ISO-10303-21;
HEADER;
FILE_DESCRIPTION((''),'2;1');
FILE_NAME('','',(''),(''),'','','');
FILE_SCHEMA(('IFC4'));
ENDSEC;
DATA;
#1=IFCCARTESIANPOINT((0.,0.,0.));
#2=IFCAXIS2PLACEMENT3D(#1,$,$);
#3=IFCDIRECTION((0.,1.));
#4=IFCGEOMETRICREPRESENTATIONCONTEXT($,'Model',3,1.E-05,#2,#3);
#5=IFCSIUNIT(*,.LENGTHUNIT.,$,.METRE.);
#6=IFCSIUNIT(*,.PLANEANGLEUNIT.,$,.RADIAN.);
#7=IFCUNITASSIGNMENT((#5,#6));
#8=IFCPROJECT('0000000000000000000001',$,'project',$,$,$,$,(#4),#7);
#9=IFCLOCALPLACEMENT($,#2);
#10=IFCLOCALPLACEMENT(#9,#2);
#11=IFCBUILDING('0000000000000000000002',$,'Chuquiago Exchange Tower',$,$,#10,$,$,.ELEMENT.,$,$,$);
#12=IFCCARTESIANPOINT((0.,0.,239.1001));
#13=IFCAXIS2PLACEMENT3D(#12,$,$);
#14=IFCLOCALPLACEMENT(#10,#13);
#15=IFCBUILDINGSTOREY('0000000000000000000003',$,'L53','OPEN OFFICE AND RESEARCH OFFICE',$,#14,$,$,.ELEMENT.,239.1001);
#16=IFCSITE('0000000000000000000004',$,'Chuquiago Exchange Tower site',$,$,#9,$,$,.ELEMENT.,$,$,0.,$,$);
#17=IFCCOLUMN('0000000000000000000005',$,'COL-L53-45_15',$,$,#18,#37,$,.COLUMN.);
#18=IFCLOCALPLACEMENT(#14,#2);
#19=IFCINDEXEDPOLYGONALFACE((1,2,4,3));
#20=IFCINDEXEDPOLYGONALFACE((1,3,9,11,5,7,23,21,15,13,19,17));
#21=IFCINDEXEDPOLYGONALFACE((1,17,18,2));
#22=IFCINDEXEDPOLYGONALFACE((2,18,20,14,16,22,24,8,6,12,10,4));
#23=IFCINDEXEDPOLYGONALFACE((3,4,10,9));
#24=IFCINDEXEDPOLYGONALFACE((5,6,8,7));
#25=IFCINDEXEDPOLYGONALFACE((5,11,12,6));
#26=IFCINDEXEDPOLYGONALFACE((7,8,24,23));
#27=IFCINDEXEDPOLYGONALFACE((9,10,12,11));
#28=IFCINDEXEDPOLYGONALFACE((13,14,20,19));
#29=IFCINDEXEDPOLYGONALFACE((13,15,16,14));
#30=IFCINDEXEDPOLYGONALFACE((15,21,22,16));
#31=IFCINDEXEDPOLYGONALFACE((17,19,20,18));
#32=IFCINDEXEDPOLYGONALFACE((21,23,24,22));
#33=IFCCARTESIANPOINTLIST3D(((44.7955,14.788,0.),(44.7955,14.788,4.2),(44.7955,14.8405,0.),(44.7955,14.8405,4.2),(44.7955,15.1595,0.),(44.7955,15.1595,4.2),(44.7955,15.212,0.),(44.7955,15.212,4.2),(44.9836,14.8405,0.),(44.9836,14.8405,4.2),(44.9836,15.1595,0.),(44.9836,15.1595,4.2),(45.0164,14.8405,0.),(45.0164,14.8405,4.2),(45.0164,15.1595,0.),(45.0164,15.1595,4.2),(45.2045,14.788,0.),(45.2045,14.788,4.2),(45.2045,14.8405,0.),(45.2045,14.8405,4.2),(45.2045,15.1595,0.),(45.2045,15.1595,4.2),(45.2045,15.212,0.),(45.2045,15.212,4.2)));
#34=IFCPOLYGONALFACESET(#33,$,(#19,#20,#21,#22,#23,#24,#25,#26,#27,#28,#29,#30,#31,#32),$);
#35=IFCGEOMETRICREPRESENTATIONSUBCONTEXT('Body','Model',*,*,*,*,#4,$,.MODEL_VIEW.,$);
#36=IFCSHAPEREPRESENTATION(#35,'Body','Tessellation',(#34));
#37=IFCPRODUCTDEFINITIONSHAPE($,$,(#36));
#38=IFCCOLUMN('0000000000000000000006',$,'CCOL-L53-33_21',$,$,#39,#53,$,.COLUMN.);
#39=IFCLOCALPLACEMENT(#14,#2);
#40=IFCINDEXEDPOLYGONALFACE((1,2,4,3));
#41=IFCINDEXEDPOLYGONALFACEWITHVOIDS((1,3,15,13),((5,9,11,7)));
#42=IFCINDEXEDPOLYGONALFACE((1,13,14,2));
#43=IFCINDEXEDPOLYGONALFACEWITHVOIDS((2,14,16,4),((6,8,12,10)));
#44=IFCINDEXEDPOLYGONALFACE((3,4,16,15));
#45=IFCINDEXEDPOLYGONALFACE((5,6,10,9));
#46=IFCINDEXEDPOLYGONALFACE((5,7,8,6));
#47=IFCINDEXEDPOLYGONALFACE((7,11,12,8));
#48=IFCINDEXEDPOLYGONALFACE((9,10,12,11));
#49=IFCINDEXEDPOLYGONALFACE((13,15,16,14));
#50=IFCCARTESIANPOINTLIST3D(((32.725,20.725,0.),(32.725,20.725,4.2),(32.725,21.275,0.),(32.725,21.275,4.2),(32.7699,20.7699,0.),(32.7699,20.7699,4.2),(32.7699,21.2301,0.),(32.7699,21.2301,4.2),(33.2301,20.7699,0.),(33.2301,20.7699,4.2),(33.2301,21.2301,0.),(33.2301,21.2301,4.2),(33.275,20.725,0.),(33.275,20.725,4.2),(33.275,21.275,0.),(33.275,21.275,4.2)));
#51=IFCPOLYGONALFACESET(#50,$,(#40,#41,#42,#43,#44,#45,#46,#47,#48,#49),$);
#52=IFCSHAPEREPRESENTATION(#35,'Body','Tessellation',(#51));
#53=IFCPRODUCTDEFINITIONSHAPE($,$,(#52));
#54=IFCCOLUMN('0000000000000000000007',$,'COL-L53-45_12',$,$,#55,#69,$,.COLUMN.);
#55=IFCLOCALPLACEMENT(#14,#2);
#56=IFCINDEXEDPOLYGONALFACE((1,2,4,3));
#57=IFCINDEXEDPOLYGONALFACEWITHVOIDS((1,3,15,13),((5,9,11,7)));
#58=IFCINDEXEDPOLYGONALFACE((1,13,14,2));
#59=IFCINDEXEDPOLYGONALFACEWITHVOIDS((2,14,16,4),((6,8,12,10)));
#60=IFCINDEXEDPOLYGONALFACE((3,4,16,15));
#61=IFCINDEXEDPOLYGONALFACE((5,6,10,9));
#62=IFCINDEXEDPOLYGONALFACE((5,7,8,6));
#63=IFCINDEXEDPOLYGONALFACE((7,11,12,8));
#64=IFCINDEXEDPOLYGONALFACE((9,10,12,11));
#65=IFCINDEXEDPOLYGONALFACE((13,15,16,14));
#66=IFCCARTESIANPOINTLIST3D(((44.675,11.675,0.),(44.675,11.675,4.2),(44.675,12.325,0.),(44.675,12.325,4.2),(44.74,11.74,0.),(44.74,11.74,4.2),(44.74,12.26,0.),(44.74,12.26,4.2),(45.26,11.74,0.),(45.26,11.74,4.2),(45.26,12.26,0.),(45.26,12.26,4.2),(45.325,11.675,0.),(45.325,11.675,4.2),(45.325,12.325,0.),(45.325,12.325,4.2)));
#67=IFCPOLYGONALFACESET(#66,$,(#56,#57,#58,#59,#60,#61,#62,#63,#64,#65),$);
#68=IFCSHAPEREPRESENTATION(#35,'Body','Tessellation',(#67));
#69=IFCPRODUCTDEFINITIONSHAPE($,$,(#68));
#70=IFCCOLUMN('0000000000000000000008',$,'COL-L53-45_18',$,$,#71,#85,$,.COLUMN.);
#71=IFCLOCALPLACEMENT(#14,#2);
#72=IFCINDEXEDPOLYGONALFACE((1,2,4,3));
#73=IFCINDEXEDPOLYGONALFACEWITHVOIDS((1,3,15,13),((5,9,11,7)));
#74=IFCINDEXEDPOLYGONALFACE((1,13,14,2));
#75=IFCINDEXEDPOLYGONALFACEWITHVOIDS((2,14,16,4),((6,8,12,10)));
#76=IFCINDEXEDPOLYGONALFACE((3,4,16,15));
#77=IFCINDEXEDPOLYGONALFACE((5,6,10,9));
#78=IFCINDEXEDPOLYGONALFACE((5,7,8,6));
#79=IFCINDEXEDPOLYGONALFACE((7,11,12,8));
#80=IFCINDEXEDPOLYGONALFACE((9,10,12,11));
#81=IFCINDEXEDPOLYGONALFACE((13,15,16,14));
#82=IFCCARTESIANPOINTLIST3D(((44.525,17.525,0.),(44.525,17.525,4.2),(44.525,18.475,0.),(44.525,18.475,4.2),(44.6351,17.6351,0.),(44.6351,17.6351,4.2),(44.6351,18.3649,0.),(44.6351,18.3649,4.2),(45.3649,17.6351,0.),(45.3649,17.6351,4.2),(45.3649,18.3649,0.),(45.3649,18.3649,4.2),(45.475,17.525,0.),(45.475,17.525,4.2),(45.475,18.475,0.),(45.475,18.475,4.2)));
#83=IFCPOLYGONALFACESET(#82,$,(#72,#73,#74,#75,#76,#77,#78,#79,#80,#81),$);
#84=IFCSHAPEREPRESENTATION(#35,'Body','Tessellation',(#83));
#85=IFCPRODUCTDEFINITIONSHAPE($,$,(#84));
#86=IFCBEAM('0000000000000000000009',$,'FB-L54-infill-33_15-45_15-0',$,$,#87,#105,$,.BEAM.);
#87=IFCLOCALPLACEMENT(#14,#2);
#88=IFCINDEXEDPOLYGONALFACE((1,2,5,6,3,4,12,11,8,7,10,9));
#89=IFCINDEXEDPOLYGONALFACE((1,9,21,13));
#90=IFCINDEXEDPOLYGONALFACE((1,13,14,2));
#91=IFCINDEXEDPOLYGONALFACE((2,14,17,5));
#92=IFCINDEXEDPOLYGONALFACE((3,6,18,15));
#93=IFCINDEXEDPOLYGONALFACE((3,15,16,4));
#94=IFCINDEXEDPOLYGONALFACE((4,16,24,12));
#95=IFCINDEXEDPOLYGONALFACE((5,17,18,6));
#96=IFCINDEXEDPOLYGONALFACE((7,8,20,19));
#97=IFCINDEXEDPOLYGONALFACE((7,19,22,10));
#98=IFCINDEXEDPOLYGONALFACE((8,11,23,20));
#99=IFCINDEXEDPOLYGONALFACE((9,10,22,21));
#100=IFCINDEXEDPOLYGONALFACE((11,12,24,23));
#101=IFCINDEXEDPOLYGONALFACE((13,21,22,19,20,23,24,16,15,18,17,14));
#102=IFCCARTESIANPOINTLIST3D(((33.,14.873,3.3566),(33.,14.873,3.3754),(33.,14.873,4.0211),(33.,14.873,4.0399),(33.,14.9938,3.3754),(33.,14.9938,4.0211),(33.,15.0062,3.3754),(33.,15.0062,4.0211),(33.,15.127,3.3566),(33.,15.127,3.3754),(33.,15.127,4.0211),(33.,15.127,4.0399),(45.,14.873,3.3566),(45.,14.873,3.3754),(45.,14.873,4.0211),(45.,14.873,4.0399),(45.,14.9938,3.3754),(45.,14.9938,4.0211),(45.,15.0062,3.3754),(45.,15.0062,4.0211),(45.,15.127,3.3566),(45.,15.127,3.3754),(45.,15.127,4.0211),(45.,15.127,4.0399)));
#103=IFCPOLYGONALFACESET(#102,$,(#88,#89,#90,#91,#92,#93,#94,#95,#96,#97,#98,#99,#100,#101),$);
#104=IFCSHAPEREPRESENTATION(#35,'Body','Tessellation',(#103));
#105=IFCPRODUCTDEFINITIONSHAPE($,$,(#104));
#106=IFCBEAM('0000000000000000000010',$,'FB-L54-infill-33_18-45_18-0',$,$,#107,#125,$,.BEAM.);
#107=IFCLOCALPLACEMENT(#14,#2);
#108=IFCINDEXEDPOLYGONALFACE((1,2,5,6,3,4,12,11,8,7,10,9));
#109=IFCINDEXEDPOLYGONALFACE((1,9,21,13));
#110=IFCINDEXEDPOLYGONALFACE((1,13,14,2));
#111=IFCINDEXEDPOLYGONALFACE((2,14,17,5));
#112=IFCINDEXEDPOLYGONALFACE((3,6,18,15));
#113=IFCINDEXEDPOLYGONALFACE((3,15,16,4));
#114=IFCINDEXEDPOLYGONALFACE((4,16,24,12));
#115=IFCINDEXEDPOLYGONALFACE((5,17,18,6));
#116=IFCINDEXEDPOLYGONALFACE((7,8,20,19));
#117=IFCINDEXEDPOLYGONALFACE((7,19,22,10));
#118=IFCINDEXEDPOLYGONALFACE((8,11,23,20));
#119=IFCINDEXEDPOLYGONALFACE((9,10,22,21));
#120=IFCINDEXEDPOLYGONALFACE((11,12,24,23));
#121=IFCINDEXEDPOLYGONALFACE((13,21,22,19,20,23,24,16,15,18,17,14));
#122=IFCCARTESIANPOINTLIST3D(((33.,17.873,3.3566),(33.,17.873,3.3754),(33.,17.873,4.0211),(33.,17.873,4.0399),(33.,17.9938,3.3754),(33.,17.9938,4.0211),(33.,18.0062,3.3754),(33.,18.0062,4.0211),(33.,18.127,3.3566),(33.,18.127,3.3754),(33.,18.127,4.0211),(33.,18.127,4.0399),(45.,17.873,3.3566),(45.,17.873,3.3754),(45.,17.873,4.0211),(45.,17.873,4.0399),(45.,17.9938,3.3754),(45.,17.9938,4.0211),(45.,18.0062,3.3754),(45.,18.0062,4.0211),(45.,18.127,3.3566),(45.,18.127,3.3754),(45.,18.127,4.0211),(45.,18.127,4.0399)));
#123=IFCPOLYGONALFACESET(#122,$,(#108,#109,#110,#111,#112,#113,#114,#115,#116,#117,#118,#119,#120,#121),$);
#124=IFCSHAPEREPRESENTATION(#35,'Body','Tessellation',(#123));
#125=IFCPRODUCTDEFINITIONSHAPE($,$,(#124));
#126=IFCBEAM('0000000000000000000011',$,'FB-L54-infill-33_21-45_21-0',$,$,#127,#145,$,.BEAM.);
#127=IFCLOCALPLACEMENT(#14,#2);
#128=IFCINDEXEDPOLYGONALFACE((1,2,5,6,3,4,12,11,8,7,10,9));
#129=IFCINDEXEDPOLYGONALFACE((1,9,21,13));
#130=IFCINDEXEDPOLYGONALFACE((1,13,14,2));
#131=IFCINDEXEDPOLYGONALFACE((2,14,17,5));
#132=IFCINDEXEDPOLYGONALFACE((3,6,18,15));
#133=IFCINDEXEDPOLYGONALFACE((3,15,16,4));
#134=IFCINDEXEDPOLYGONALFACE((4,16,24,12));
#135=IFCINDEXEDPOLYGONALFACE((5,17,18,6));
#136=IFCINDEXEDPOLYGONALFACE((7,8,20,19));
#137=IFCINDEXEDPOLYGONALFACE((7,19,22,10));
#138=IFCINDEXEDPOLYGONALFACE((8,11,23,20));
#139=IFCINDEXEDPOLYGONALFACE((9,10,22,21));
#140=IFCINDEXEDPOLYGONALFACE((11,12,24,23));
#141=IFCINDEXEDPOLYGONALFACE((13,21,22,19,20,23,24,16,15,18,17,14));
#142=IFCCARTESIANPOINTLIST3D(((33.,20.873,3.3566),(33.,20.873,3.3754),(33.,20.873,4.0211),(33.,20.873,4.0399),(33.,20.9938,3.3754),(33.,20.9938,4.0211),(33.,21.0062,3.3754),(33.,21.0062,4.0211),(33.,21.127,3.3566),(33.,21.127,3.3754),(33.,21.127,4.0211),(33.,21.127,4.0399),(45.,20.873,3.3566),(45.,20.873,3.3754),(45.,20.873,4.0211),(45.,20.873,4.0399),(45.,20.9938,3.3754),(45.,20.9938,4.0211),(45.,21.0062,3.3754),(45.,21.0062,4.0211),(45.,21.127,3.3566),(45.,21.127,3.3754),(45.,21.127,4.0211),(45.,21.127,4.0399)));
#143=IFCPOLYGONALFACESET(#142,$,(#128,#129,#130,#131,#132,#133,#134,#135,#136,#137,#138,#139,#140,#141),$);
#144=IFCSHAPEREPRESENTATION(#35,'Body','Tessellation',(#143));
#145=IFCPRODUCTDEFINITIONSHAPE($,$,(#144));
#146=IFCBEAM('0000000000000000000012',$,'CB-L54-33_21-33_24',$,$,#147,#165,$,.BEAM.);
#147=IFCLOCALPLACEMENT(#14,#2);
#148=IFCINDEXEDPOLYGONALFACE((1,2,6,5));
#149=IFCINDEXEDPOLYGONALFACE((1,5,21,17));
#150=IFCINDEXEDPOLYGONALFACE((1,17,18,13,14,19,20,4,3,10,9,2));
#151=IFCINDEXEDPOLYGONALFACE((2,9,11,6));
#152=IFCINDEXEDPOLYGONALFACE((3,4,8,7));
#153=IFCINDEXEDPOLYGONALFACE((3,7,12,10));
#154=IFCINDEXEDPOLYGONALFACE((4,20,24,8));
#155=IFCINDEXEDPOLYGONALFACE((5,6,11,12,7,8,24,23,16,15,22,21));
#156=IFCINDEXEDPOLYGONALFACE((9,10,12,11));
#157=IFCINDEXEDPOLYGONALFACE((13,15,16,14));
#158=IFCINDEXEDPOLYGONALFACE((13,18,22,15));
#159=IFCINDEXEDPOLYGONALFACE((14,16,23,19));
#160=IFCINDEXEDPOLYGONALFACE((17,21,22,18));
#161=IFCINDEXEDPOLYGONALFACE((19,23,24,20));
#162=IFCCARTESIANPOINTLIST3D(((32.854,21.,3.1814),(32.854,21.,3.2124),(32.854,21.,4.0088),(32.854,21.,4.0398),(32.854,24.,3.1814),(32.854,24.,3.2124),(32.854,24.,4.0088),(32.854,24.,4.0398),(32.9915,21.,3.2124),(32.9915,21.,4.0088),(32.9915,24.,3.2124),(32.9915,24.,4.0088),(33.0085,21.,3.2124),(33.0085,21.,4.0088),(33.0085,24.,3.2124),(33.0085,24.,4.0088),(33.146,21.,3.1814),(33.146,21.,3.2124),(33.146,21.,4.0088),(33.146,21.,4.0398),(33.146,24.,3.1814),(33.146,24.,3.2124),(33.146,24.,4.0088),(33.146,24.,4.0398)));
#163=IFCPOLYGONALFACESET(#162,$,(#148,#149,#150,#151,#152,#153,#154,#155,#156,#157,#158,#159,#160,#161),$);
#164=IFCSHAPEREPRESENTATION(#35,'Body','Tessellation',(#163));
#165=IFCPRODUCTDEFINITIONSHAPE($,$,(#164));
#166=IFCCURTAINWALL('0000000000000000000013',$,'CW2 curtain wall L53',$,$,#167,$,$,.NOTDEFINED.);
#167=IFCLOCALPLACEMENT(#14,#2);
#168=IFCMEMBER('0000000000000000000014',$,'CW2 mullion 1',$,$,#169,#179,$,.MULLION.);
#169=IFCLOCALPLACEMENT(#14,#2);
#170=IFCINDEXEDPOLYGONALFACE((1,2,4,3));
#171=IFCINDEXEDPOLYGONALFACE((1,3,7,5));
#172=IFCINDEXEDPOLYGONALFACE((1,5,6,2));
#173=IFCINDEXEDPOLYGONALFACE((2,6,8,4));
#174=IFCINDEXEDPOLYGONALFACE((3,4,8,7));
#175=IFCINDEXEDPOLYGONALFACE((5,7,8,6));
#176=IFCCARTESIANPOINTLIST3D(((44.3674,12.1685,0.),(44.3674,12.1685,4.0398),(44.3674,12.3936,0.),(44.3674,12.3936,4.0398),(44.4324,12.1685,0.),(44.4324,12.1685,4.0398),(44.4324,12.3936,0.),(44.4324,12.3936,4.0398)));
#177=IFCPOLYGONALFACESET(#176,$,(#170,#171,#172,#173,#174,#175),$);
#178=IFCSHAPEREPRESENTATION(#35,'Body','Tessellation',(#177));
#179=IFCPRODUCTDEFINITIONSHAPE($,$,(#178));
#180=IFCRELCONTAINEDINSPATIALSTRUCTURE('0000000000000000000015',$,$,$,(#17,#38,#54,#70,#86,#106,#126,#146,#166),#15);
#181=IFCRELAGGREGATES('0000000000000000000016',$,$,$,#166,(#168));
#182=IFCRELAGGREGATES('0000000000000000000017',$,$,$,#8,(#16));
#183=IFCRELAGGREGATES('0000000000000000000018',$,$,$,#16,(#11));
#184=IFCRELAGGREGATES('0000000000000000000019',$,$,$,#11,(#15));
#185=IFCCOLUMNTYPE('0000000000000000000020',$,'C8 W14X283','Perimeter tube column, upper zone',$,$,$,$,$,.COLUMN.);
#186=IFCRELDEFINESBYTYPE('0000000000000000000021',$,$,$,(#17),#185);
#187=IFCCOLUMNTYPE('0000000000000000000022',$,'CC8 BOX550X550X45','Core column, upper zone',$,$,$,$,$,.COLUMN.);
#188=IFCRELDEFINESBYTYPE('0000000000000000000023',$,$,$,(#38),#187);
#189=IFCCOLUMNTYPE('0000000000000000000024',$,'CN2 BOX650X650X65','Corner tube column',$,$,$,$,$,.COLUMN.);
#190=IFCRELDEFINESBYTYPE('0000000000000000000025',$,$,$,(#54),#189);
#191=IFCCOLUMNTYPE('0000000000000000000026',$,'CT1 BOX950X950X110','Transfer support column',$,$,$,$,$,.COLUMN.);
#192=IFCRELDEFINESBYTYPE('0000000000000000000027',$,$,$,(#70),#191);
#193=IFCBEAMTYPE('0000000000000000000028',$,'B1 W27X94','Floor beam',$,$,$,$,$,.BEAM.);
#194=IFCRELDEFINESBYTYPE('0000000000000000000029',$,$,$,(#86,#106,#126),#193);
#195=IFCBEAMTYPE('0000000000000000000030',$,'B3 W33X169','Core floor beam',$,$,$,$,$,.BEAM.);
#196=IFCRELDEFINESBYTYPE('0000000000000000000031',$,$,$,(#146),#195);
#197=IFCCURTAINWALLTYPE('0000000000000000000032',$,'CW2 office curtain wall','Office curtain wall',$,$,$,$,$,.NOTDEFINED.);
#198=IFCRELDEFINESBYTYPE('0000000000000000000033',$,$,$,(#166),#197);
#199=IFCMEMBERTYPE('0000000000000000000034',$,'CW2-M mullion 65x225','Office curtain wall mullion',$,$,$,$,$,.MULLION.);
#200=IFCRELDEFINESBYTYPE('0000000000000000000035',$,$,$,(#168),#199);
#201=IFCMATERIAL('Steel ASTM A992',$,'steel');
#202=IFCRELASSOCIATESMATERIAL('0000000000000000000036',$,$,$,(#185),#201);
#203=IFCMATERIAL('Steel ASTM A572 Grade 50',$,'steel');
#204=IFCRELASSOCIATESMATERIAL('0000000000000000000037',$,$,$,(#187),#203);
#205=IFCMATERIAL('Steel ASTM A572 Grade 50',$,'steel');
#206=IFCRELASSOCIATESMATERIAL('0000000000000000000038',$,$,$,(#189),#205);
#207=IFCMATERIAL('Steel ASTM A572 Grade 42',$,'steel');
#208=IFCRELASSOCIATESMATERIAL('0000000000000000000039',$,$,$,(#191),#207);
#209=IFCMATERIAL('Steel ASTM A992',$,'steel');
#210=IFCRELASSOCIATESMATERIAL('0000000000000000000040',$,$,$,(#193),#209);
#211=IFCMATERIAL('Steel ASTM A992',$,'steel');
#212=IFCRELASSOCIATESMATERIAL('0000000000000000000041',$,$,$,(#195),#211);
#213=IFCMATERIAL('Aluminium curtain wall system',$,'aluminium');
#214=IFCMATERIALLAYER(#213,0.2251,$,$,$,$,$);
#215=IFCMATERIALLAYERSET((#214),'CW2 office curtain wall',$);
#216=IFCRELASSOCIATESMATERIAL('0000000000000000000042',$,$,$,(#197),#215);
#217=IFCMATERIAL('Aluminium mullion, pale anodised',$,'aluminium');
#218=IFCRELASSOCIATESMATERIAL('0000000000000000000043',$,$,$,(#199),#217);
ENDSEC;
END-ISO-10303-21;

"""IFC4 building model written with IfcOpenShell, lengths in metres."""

from ifc_helpers import new_model, si_unit, direction, frame, origin, origin_2d, place, context, subcontext, project, spatial, rectangle, hollow_rectangle, i_section, extrude, material, layer, layer_set, material_profile, profile_set, type_object, element, aggregate, save


model = new_model("IFC4")

# Units and contexts
model_context = context("Model", 3, precision=1e-05, world=origin(), true_north=direction((0.0, 1.0)))
body_context = subcontext(model_context, "Body", "Model", "MODEL_VIEW")
ifc_project = project(units=[si_unit("LENGTHUNIT", "METRE"), si_unit("PLANEANGLEUNIT", "RADIAN")], contexts=[model_context])

# Site, building, storey
site_placement = place(None, origin())
site = spatial("IfcSite", under=ifc_project, at=site_placement, Name="Chuquiago Exchange Tower site", CompositionType="ELEMENT", RefElevation=0.0)
building_placement = place(site_placement, origin())
building = spatial("IfcBuilding", under=site, at=building_placement, Name="Chuquiago Exchange Tower", CompositionType="ELEMENT")
storey_placement = place(building_placement, frame((0.0, 0.0, 239.1001)))
storey = spatial("IfcBuildingStorey", under=building, at=storey_placement, Name="L53", Description="OPEN OFFICE AND RESEARCH OFFICE", CompositionType="ELEMENT", Elevation=239.1001)

# Columns
ifc_material_1 = material(Name="Steel ASTM A992", Category="steel")
ifc_material_profile_1 = material_profile(ifc_material_1, i_section(OverallWidth=0.4089, OverallDepth=0.4241, WebThickness=0.0327, FlangeThickness=0.0525, at=origin_2d()), Name="W14X283")
ifc_profile_set_1 = profile_set([ifc_material_profile_1], Name="Steel ASTM A992")
column_type_1 = type_object("IfcColumnType", Name="C8 W14X283", Description="Perimeter tube column, upper zone", PredefinedType="COLUMN", material=ifc_profile_set_1)
column_1_placement = place(storey_placement, frame((45.0, 15.0, 0.0), z_axis=(0.0, 0.0, 1.0), x_axis=(1.0, 0.0, 0.0)))
element("IfcColumn", 1, at=column_1_placement, inside=storey, type_object=column_type_1, Name="COL-L53-45_15", PredefinedType="COLUMN", context=body_context, shape_type="SweptSolid", body=[
    extrude(i_section(OverallWidth=0.4089, OverallDepth=0.4241, WebThickness=0.0327, FlangeThickness=0.0525, at=origin_2d()), origin(), (0.0, 0.0, 1.0), 4.2),
])
ifc_material_2 = material(Name="Steel ASTM A572 Grade 50", Category="steel")
ifc_material_profile_2 = material_profile(ifc_material_2, hollow_rectangle(XDim=0.55, YDim=0.55, WallThickness=0.0449, at=origin_2d()), Name="BOX550X550X45")
ifc_profile_set_2 = profile_set([ifc_material_profile_2], Name="Steel ASTM A572 Grade 50")
column_type_2 = type_object("IfcColumnType", Name="CC8 BOX550X550X45", Description="Core column, upper zone", PredefinedType="COLUMN", material=ifc_profile_set_2)
column_2_placement = place(storey_placement, frame((33.0, 21.0, 0.0), z_axis=(0.0, 0.0, 1.0), x_axis=(1.0, 0.0, 0.0)))
element("IfcColumn", 2, at=column_2_placement, inside=storey, type_object=column_type_2, Name="CCOL-L53-33_21", PredefinedType="COLUMN", context=body_context, shape_type="SweptSolid", body=[
    extrude(hollow_rectangle(XDim=0.55, YDim=0.55, WallThickness=0.0449, at=origin_2d()), origin(), (0.0, 0.0, 1.0), 4.2),
])
ifc_material_3 = material(Name="Steel ASTM A572 Grade 50", Category="steel")
ifc_material_profile_3 = material_profile(ifc_material_3, hollow_rectangle(XDim=0.6499, YDim=0.6499, WallThickness=0.0649, at=origin_2d()), Name="BOX650X650X65")
ifc_profile_set_3 = profile_set([ifc_material_profile_3], Name="Steel ASTM A572 Grade 50")
column_type_3 = type_object("IfcColumnType", Name="CN2 BOX650X650X65", Description="Corner tube column", PredefinedType="COLUMN", material=ifc_profile_set_3)
column_3_placement = place(storey_placement, frame((45.0, 12.0, 0.0), z_axis=(0.0, 0.0, 1.0), x_axis=(1.0, 0.0, 0.0)))
element("IfcColumn", 3, at=column_3_placement, inside=storey, type_object=column_type_3, Name="COL-L53-45_12", PredefinedType="COLUMN", context=body_context, shape_type="SweptSolid", body=[
    extrude(hollow_rectangle(XDim=0.6499, YDim=0.6499, WallThickness=0.0649, at=origin_2d()), origin(), (0.0, 0.0, 1.0), 4.2),
])
ifc_material_4 = material(Name="Steel ASTM A572 Grade 42", Category="steel")
ifc_material_profile_4 = material_profile(ifc_material_4, hollow_rectangle(XDim=0.95, YDim=0.95, WallThickness=0.1101, at=origin_2d()), Name="BOX950X950X110")
ifc_profile_set_4 = profile_set([ifc_material_profile_4], Name="Steel ASTM A572 Grade 42")
column_type_4 = type_object("IfcColumnType", Name="CT1 BOX950X950X110", Description="Transfer support column", PredefinedType="COLUMN", material=ifc_profile_set_4)
column_4_placement = place(storey_placement, frame((45.0, 18.0, 0.0), z_axis=(0.0, 0.0, 1.0), x_axis=(1.0, 0.0, 0.0)))
element("IfcColumn", 4, at=column_4_placement, inside=storey, type_object=column_type_4, Name="COL-L53-45_18", PredefinedType="COLUMN", context=body_context, shape_type="SweptSolid", body=[
    extrude(hollow_rectangle(XDim=0.95, YDim=0.95, WallThickness=0.1101, at=origin_2d()), origin(), (0.0, 0.0, 1.0), 4.2),
])

# Beams
ifc_material_5 = material(Name="Steel ASTM A992", Category="steel")
ifc_material_profile_5 = material_profile(ifc_material_5, i_section(OverallWidth=0.2539, OverallDepth=0.6833, WebThickness=0.0125, FlangeThickness=0.0188, at=origin_2d()), Name="W27X94")
ifc_profile_set_5 = profile_set([ifc_material_profile_5], Name="Steel ASTM A992")
beam_type_1 = type_object("IfcBeamType", Name="B1 W27X94", Description="Floor beam", PredefinedType="BEAM", material=ifc_profile_set_5)
for number, where, z_axis, x_axis, name in (
    (5, (33.0, 15.0, 3.6982), (1.0, 0.0, 0.0), (0.0, 1.0, 0.0), "FB-L54-infill-33_15-45_15-0"),
    (6, (33.0, 18.0, 3.6982), (1.0, 0.0, 0.0), (0.0, 1.0, 0.0), "FB-L54-infill-33_18-45_18-0"),
    (7, (33.0, 21.0, 3.6982), (1.0, 0.0, 0.0), (0.0, 1.0, 0.0), "FB-L54-infill-33_21-45_21-0"),
):
    element("IfcBeam", number, at=place(storey_placement, frame(where, z_axis=z_axis, x_axis=x_axis)), inside=storey, type_object=beam_type_1, Name=name, PredefinedType="BEAM", context=body_context, shape_type="SweptSolid", body=[
        extrude(i_section(OverallWidth=0.2539, OverallDepth=0.6833, WebThickness=0.0125, FlangeThickness=0.0188, at=origin_2d()), origin(), (0.0, 0.0, 1.0), 12.0),
    ])
ifc_material_6 = material(Name="Steel ASTM A992", Category="steel")
ifc_material_profile_6 = material_profile(ifc_material_6, i_section(OverallWidth=0.292, OverallDepth=0.8584, WebThickness=0.0171, FlangeThickness=0.031, at=origin_2d()), Name="W33X169")
ifc_profile_set_6 = profile_set([ifc_material_profile_6], Name="Steel ASTM A992")
beam_type_2 = type_object("IfcBeamType", Name="B3 W33X169", Description="Core floor beam", PredefinedType="BEAM", material=ifc_profile_set_6)
beam_placement = place(storey_placement, frame((33.0, 21.0, 3.6106), z_axis=(0.0, 1.0, 0.0), x_axis=(-1.0, 0.0, 0.0)))
element("IfcBeam", 8, at=beam_placement, inside=storey, type_object=beam_type_2, Name="CB-L54-33_21-33_24", PredefinedType="BEAM", context=body_context, shape_type="SweptSolid", body=[
    extrude(i_section(OverallWidth=0.292, OverallDepth=0.8584, WebThickness=0.0171, FlangeThickness=0.031, at=origin_2d()), origin(), (0.0, 0.0, 1.0), 3.0),
])

# Curtain wall, member
ifc_material_7 = material(Name="Aluminium curtain wall system", Category="aluminium")
ifc_layer_1 = layer(ifc_material_7, 0.2251)
ifc_layer_set_1 = layer_set([ifc_layer_1], Name="CW2 office curtain wall")
curtain_wall_type_1 = type_object("IfcCurtainWallType", Name="CW2 office curtain wall", Description="Office curtain wall", PredefinedType="NOTDEFINED", material=ifc_layer_set_1)
curtain_wall_1_placement = place(storey_placement, origin())
curtain_wall_1 = element("IfcCurtainWall", 9, at=curtain_wall_1_placement, inside=storey, type_object=curtain_wall_type_1, Name="CW2 curtain wall L53", PredefinedType="NOTDEFINED")
ifc_material_8 = material(Name="Aluminium mullion, pale anodised", Category="aluminium")
ifc_material_profile_7 = material_profile(ifc_material_8, rectangle(XDim=0.0649, YDim=0.2251, at=origin_2d()), Name="AL 65x225")
ifc_profile_set_7 = profile_set([ifc_material_profile_7], Name="Aluminium mullion, pale anodised")
member_type_1 = type_object("IfcMemberType", Name="CW2-M mullion 65x225", Description="Office curtain wall mullion", PredefinedType="MULLION", material=ifc_profile_set_7)
member_1_placement = place(storey_placement, frame((44.3999, 12.281, 0.0), z_axis=(0.0, 0.0, 1.0), x_axis=(-1.0, 0.0, 0.0)))
member_1 = element("IfcMember", 10, at=member_1_placement, type_object=member_type_1, Name="CW2 mullion 1", PredefinedType="MULLION", context=body_context, shape_type="SweptSolid", body=[
    extrude(rectangle(XDim=0.0649, YDim=0.2251, at=origin_2d()), origin(), (0.0, 0.0, 1.0), 4.0398),
])

aggregate(curtain_wall_1, [member_1])

save(model, "model.ifc")
